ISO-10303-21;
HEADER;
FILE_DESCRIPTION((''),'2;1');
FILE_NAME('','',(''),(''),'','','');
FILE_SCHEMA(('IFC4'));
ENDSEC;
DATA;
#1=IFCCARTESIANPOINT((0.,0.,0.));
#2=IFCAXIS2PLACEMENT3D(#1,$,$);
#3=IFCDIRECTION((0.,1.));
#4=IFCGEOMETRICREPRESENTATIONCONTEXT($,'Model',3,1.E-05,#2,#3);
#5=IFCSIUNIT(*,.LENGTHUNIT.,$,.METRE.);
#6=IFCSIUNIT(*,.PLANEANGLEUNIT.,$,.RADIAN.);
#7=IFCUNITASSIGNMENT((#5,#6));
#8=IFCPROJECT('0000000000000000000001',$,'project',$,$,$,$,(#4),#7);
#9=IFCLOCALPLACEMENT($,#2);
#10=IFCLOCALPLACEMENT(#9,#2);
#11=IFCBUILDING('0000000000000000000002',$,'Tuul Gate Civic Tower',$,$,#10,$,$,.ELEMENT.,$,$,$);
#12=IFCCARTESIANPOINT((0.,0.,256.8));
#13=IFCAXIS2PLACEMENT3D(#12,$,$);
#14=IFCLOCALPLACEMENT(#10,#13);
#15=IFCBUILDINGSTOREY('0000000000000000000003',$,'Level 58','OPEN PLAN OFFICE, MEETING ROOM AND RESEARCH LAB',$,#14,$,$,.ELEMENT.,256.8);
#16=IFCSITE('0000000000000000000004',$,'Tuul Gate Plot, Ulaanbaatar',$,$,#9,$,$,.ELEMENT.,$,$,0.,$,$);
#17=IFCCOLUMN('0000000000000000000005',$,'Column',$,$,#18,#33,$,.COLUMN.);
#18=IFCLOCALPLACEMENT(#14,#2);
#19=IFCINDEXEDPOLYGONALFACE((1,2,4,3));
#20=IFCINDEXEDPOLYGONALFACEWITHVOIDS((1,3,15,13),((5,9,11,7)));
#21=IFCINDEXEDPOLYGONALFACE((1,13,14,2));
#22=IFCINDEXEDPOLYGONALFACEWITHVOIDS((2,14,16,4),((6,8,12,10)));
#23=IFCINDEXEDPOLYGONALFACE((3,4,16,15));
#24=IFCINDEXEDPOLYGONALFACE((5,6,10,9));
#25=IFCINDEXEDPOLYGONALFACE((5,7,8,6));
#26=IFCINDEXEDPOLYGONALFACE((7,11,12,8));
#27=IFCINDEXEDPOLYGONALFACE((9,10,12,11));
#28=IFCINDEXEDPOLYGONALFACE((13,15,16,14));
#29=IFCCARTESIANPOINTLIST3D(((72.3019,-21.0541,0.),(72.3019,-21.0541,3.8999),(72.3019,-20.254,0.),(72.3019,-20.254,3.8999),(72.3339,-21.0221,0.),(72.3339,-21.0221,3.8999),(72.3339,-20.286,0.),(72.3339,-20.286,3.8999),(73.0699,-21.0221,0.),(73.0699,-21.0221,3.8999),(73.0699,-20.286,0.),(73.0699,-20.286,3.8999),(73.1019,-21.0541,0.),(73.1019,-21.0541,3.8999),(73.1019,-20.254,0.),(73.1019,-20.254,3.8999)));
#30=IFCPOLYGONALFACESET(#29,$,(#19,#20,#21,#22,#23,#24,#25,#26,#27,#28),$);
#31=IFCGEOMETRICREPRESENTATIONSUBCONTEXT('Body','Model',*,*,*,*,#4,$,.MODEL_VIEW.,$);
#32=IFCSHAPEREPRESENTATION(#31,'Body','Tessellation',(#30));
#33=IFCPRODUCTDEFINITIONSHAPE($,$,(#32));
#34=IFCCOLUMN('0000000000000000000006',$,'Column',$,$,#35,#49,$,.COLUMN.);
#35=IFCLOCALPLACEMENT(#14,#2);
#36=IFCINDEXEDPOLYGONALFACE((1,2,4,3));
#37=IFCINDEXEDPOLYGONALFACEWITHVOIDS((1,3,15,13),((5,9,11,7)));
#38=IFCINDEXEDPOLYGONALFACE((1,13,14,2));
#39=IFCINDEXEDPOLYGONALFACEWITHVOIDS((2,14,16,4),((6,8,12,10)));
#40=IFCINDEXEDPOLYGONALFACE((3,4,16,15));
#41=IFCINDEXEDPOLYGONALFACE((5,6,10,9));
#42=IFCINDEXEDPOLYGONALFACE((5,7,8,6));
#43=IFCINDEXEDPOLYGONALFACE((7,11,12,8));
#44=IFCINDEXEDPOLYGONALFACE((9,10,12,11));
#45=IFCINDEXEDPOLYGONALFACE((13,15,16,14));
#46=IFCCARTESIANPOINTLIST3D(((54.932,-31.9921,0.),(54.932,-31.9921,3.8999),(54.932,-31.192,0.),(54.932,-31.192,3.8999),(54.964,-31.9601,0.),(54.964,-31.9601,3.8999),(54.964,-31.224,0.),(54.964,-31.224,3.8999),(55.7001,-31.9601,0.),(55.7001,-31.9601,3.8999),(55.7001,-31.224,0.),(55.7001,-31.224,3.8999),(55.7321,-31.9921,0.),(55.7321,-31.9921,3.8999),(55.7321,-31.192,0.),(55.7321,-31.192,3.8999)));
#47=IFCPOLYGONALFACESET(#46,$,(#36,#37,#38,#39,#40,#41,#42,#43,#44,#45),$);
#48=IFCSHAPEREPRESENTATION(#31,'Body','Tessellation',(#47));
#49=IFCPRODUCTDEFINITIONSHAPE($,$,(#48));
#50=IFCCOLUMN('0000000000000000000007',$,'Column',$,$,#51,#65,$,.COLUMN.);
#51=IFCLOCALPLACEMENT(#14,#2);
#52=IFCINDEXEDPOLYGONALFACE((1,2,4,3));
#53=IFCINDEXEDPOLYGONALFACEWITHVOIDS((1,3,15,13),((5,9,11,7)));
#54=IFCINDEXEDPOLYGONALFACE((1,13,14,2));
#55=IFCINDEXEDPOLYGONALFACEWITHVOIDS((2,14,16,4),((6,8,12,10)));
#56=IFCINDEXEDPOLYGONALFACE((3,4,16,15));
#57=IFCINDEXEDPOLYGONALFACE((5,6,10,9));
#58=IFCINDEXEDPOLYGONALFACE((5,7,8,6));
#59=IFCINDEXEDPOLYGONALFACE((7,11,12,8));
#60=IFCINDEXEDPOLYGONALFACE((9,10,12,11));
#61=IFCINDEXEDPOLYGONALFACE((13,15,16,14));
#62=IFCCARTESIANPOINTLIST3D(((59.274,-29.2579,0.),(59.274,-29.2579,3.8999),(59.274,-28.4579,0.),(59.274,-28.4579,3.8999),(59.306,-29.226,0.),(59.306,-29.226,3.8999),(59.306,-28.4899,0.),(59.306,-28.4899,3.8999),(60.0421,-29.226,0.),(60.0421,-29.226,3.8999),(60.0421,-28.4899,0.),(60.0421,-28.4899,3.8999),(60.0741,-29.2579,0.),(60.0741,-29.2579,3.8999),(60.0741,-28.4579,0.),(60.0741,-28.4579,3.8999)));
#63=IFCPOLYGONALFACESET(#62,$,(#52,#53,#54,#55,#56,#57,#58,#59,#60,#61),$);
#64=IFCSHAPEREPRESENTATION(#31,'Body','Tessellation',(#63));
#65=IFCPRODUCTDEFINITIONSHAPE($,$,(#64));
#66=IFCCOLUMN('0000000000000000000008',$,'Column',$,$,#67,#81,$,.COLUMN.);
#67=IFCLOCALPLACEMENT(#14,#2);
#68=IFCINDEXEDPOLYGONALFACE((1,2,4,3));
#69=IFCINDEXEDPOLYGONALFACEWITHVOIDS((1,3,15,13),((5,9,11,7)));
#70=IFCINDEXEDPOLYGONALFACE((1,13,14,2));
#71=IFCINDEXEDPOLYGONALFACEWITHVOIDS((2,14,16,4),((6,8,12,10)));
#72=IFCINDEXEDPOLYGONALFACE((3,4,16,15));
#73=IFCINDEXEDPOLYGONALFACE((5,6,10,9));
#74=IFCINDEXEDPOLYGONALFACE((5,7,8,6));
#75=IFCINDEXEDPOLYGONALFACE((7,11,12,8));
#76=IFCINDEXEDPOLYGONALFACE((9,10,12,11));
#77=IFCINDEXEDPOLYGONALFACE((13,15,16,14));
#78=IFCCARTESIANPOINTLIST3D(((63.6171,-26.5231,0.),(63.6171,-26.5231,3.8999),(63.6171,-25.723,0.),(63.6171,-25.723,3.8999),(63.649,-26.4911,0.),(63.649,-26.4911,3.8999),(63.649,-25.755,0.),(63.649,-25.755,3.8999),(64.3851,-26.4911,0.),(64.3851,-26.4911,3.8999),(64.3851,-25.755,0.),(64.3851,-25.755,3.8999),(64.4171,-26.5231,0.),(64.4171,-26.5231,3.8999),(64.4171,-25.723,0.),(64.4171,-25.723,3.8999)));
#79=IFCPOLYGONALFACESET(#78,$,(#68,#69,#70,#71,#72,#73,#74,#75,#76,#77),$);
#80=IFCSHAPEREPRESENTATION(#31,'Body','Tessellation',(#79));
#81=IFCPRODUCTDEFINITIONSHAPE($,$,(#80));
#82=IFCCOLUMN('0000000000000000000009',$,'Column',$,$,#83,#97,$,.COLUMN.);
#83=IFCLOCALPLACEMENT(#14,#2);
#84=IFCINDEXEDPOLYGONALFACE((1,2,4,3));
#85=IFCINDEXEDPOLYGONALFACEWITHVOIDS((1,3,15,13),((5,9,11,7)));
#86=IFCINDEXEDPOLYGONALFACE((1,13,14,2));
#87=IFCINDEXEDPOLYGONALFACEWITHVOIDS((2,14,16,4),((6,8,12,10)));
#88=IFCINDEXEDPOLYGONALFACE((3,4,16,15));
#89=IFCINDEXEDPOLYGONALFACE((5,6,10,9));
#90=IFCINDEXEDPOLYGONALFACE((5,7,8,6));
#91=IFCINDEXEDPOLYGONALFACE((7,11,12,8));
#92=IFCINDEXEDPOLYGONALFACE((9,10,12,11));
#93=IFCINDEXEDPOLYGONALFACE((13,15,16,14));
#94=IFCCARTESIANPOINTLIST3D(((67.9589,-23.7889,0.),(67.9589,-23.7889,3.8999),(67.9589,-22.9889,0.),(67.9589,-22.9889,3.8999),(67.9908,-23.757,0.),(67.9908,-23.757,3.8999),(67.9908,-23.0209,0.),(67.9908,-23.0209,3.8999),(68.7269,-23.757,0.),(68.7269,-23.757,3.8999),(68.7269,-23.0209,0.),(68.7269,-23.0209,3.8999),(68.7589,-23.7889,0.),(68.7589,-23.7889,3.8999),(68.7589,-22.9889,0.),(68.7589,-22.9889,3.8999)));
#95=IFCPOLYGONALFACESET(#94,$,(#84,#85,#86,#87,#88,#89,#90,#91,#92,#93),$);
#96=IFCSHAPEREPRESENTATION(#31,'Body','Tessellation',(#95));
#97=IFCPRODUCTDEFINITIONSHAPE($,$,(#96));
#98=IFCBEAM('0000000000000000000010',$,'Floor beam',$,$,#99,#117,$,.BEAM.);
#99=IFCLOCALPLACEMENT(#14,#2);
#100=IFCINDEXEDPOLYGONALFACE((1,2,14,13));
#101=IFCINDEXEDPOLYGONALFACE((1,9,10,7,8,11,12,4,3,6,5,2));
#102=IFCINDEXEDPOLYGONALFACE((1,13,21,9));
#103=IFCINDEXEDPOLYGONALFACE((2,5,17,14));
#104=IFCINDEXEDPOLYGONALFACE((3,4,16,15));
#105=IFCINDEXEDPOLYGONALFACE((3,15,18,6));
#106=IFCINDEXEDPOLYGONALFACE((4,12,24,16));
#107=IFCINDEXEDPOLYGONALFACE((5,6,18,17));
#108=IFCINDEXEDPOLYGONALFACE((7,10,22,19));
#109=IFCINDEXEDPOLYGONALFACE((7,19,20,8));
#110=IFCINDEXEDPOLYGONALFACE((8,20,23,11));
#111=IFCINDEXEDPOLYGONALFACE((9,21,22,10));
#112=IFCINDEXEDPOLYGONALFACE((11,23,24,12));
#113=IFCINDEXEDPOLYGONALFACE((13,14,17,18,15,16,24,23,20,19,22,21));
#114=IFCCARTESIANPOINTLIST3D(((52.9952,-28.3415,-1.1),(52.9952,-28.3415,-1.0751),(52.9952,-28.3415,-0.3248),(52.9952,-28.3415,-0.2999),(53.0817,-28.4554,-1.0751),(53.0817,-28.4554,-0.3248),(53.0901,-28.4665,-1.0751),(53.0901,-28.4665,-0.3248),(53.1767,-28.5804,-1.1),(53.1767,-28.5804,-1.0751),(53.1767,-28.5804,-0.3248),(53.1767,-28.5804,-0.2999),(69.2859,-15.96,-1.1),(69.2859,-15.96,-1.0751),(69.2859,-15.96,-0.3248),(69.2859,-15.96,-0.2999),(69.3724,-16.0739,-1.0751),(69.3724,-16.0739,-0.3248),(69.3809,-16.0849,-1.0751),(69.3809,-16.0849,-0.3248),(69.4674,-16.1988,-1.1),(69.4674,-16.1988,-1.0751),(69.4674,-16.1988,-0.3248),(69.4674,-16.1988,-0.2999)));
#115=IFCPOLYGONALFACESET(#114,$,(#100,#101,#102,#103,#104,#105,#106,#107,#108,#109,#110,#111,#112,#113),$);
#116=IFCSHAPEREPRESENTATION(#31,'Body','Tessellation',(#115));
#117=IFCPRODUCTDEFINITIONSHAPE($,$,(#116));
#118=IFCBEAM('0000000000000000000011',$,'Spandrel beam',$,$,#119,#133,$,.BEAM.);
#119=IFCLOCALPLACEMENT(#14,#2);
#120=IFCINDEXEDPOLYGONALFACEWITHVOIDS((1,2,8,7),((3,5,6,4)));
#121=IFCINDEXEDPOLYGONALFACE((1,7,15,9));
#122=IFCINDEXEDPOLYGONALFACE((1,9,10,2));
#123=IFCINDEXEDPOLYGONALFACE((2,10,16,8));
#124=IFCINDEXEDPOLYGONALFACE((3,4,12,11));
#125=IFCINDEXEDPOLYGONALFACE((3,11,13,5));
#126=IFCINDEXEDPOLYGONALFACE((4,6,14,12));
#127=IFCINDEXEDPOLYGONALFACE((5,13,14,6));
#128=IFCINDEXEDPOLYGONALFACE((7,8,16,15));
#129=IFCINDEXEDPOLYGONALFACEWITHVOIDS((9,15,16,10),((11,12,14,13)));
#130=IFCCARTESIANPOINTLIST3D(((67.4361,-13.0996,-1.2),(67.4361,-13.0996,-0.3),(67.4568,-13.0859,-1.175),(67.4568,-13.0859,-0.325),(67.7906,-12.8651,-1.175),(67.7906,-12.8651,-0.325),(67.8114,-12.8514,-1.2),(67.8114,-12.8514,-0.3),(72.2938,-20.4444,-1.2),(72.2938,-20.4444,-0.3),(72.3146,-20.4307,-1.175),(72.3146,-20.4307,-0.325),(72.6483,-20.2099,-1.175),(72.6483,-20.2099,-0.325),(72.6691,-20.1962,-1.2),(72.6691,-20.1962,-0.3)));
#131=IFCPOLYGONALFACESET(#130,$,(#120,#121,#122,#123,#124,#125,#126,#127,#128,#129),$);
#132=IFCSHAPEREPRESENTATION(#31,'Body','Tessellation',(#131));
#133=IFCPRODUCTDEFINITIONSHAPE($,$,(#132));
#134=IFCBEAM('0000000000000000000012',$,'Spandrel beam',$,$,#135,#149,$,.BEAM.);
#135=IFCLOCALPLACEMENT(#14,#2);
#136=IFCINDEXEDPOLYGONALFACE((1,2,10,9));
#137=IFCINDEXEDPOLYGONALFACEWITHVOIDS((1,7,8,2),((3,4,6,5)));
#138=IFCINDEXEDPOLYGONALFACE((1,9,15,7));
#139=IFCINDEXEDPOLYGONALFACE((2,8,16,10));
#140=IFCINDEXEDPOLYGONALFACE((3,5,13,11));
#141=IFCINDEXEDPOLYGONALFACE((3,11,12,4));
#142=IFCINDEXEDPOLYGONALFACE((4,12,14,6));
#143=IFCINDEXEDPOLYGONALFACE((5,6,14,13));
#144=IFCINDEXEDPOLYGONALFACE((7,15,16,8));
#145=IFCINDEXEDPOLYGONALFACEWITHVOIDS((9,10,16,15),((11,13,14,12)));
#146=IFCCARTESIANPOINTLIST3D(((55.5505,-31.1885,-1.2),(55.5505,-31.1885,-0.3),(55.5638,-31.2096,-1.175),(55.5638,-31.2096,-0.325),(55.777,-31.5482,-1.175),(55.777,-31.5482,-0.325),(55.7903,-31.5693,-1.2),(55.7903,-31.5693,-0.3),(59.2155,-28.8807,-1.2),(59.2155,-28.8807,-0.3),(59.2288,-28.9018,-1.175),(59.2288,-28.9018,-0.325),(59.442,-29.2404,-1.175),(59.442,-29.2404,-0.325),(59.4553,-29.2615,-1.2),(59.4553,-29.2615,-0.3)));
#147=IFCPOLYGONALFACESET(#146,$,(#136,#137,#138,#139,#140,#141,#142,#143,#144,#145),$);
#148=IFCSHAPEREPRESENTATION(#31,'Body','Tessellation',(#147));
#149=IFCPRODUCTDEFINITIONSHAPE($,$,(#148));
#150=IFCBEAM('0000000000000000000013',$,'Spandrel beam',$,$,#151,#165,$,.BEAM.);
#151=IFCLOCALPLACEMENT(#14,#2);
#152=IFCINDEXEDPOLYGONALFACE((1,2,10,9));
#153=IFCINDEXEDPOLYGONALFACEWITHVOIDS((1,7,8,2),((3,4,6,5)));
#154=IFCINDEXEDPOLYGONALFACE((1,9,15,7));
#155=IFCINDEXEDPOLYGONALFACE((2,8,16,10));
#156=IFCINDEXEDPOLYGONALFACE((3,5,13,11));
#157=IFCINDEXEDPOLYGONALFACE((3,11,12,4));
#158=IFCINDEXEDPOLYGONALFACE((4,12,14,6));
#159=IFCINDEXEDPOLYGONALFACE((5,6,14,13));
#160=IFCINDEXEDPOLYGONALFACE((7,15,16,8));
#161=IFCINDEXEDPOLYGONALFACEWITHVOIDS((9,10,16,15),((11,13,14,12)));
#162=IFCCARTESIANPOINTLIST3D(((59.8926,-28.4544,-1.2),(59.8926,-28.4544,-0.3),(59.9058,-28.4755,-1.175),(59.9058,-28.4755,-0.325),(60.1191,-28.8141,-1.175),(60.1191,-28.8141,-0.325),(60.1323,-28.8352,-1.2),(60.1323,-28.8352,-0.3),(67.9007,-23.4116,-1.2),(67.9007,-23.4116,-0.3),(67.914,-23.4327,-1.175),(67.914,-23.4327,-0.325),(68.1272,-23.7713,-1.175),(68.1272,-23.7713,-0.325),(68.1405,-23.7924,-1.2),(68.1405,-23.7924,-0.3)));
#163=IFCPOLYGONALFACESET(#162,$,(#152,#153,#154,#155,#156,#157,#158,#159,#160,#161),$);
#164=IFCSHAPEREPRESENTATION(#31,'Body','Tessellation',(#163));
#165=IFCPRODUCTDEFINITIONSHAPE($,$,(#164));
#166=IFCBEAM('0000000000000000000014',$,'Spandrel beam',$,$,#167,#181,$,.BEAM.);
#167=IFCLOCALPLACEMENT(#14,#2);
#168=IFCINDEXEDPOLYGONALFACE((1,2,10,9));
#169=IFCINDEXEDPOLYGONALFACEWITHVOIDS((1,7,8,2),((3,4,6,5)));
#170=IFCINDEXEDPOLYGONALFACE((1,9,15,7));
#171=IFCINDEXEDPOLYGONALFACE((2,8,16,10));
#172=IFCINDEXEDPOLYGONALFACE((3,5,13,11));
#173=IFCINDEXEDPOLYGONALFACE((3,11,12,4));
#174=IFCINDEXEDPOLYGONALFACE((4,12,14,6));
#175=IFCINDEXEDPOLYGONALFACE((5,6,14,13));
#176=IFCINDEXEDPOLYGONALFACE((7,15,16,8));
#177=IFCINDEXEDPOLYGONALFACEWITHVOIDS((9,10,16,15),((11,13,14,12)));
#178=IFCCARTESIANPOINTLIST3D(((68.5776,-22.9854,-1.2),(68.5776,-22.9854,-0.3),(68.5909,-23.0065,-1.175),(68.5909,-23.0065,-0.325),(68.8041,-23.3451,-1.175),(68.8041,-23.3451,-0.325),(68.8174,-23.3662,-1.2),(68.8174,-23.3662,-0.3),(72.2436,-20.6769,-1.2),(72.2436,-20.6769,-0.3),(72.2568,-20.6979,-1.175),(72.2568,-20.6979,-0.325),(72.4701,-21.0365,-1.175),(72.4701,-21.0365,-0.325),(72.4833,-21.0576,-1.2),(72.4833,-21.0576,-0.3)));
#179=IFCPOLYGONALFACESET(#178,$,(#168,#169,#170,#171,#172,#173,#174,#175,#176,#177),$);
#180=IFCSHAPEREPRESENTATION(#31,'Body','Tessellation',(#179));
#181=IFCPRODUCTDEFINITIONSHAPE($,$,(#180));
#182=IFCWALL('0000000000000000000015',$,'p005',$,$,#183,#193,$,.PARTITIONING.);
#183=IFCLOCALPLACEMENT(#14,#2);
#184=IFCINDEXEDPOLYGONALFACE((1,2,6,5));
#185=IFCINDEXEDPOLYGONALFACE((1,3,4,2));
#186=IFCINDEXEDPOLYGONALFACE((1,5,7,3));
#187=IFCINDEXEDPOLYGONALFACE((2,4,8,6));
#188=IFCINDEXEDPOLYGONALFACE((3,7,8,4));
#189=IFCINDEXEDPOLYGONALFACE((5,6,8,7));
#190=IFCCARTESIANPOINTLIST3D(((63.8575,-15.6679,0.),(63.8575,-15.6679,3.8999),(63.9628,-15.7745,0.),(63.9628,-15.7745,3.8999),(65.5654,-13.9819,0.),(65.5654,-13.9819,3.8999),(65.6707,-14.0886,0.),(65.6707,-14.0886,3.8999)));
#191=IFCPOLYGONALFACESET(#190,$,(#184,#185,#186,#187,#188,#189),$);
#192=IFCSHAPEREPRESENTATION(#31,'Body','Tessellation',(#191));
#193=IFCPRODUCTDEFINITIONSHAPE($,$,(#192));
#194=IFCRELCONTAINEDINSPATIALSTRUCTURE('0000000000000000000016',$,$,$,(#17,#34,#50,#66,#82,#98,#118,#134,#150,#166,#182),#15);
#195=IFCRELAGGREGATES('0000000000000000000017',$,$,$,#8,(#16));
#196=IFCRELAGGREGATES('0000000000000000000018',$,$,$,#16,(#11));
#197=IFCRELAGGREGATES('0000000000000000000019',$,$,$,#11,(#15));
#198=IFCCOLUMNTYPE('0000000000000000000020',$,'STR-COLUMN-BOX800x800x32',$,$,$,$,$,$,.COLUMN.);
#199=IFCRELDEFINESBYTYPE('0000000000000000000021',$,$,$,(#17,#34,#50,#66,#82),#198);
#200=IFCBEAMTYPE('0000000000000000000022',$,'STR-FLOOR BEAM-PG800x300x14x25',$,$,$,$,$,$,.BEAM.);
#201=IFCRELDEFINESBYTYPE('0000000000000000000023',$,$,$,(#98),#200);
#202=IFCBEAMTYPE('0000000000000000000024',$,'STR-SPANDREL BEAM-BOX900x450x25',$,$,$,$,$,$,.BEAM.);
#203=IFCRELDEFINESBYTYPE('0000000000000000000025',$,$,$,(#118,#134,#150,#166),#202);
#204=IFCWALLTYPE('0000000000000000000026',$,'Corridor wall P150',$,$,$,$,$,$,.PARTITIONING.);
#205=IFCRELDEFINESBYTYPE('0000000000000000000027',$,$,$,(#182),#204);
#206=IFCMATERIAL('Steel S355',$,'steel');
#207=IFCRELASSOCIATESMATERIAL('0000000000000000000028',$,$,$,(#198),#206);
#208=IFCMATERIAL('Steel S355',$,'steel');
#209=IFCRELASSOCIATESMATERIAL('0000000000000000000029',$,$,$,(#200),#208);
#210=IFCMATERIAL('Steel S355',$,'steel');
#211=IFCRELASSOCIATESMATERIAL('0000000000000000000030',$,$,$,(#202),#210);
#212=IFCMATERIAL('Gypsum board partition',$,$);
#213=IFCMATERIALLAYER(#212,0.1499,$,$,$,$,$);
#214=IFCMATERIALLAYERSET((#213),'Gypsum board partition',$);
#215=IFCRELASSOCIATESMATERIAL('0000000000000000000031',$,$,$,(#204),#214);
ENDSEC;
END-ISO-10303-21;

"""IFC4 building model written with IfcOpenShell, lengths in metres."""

from ifc_helpers import new_model, si_unit, direction, frame, frame_2d, origin, origin_2d, place, context, subcontext, project, spatial, rectangle, hollow_rectangle, i_section, extrude, material, layer, layer_set, material_profile, profile_set, type_object, element, save


model = new_model("IFC4")

# Units and contexts
model_context = context("Model", 3, precision=1e-05, world=origin(), true_north=direction((0.0, 1.0)))
body_context = subcontext(model_context, "Body", "Model", "MODEL_VIEW")
ifc_project = project(units=[si_unit("LENGTHUNIT", "METRE"), si_unit("PLANEANGLEUNIT", "RADIAN")], contexts=[model_context])

# Site, building, storey
site_placement = place(None, origin())
site = spatial("IfcSite", under=ifc_project, at=site_placement, Name="Tuul Gate Plot, Ulaanbaatar", CompositionType="ELEMENT", RefElevation=0.0)
building_placement = place(site_placement, origin())
building = spatial("IfcBuilding", under=site, at=building_placement, Name="Tuul Gate Civic Tower", CompositionType="ELEMENT")
storey_placement = place(building_placement, frame((0.0, 0.0, 256.8)))
storey = spatial("IfcBuildingStorey", under=building, at=storey_placement, Name="Level 58", Description="OPEN PLAN OFFICE, MEETING ROOM AND RESEARCH LAB", CompositionType="ELEMENT", Elevation=256.8)

# Columns
ifc_material_1 = material(Name="Steel S355", Category="steel")
ifc_material_profile_1 = material_profile(ifc_material_1, hollow_rectangle(XDim=0.8, YDim=0.8, WallThickness=0.032, at=origin_2d()), Name="BOX800x800x32")
ifc_profile_set_1 = profile_set([ifc_material_profile_1], Name="Steel S355")
column_type = type_object("IfcColumnType", Name="STR-COLUMN-BOX800x800x32", PredefinedType="COLUMN", material=ifc_profile_set_1)
for number, where, z_axis, x_axis, name in (
    (1, (72.7019, -20.6541, 0.0), (0.0, 0.0, 1.0), (1.0, 0.0, 0.0), "Column"),
    (2, (55.332, -31.592, 0.0), (0.0, 0.0, 1.0), (1.0, 0.0, 0.0), "Column"),
    (3, (59.6741, -28.8579, 0.0), (0.0, 0.0, 1.0), (1.0, 0.0, 0.0), "Column"),
    (4, (64.0171, -26.123, 0.0), (0.0, 0.0, 1.0), (1.0, 0.0, 0.0), "Column"),
    (5, (68.3589, -23.3889, 0.0), (0.0, 0.0, 1.0), (1.0, 0.0, 0.0), "Column"),
):
    element("IfcColumn", number, at=place(storey_placement, frame(where, z_axis=z_axis, x_axis=x_axis)), inside=storey, type_object=column_type, Name=name, PredefinedType="COLUMN", context=body_context, shape_type="SweptSolid", body=[
        extrude(hollow_rectangle(XDim=0.8, YDim=0.8, WallThickness=0.032, at=origin_2d()), origin(), (0.0, 0.0, 1.0), 3.8999),
    ])

# Beams
ifc_material_2 = material(Name="Steel S355", Category="steel")
ifc_material_profile_2 = material_profile(ifc_material_2, i_section(OverallWidth=0.3, OverallDepth=0.8, WebThickness=0.0139, FlangeThickness=0.0249, at=origin_2d()), Name="PG800x300x14x25")
ifc_profile_set_2 = profile_set([ifc_material_profile_2], Name="Steel S355")
beam_type_1 = type_object("IfcBeamType", Name="STR-FLOOR BEAM-PG800x300x14x25", PredefinedType="BEAM", material=ifc_profile_set_2)
beam_1_placement = place(storey_placement, frame((53.0859, -28.4609, -0.7), z_axis=(0.796148, 0.605102, 0.0), x_axis=(-0.605102, 0.796148, 0.0)))
element("IfcBeam", 6, at=beam_1_placement, inside=storey, type_object=beam_type_1, Name="Floor beam", PredefinedType="BEAM", context=body_context, shape_type="SweptSolid", body=[
    extrude(i_section(OverallWidth=0.3, OverallDepth=0.8, WebThickness=0.0139, FlangeThickness=0.0249, at=origin_2d()), origin(), (0.0, 0.0, 1.0), 20.4619),
])
ifc_material_3 = material(Name="Steel S355", Category="steel")
ifc_material_profile_3 = material_profile(ifc_material_3, hollow_rectangle(XDim=0.45, YDim=0.8999, WallThickness=0.0249, at=origin_2d()), Name="BOX900x450x25")
ifc_profile_set_3 = profile_set([ifc_material_profile_3], Name="Steel S355")
beam_type_2 = type_object("IfcBeamType", Name="STR-SPANDREL BEAM-BOX900x450x25", PredefinedType="BEAM", material=ifc_profile_set_3)
beam_2_placement = place(storey_placement, frame((72.4814, -20.3203, -0.75), z_axis=(-0.551645, 0.834079, 0.0), x_axis=(-0.834079, -0.551645, 0.0)))
element("IfcBeam", 7, at=beam_2_placement, inside=storey, type_object=beam_type_2, Name="Spandrel beam", PredefinedType="BEAM", context=body_context, shape_type="SweptSolid", body=[
    extrude(hollow_rectangle(XDim=0.45, YDim=0.8999, WallThickness=0.0249, at=origin_2d()), origin(), (0.0, 0.0, 1.0), 8.8059),
])
beam_3_placement = place(storey_placement, frame((55.6704, -31.3789, -0.75), z_axis=(0.846207, 0.532854, 0.0), x_axis=(-0.532854, 0.846207, 0.0)))
element("IfcBeam", 8, at=beam_3_placement, inside=storey, type_object=beam_type_2, Name="Spandrel beam", PredefinedType="BEAM", context=body_context, shape_type="SweptSolid", body=[
    extrude(hollow_rectangle(XDim=0.45, YDim=0.8999, WallThickness=0.0249, at=origin_2d()), origin(), (0.0, 0.0, 1.0), 4.3311),
])
beam_4_placement = place(storey_placement, frame((60.0125, -28.6448, -0.75), z_axis=(0.846204, 0.53286, 0.0), x_axis=(-0.53286, 0.846204, 0.0)))
element("IfcBeam", 9, at=beam_4_placement, inside=storey, type_object=beam_type_2, Name="Spandrel beam", PredefinedType="BEAM", context=body_context, shape_type="SweptSolid", body=[
    extrude(hollow_rectangle(XDim=0.45, YDim=0.8999, WallThickness=0.0249, at=origin_2d()), origin(), (0.0, 0.0, 1.0), 9.4636),
])
beam_5_placement = place(storey_placement, frame((68.6975, -23.1758, -0.75), z_axis=(0.846195, 0.532873, 0.0), x_axis=(-0.532873, 0.846195, 0.0)))
element("IfcBeam", 10, at=beam_5_placement, inside=storey, type_object=beam_type_2, Name="Spandrel beam", PredefinedType="BEAM", context=body_context, shape_type="SweptSolid", body=[
    extrude(hollow_rectangle(XDim=0.45, YDim=0.8999, WallThickness=0.0249, at=origin_2d()), origin(), (0.0, 0.0, 1.0), 4.3323),
])

# Wall
ifc_material_4 = material(Name="Gypsum board partition")
ifc_layer_1 = layer(ifc_material_4, 0.1499)
ifc_layer_set_1 = layer_set([ifc_layer_1], Name="Gypsum board partition")
wall_type_1 = type_object("IfcWallType", Name="Corridor wall P150", PredefinedType="PARTITIONING", material=ifc_layer_set_1)
wall_1_placement = place(storey_placement, frame((63.9102, -15.7212, 0.0), z_axis=(0.0, 0.0, 1.0), x_axis=(0.71167, 0.702514, 0.0)))
element("IfcWall", 11, at=wall_1_placement, inside=storey, type_object=wall_type_1, Name="p005", PredefinedType="PARTITIONING", context=body_context, shape_type="SweptSolid", body=[
    extrude(rectangle(XDim=2.3999, YDim=0.1499, at=frame_2d((1.2, 0.0))), origin(), (0.0, 0.0, 1.0), 3.8999),
])

save(model, "model.ifc")
